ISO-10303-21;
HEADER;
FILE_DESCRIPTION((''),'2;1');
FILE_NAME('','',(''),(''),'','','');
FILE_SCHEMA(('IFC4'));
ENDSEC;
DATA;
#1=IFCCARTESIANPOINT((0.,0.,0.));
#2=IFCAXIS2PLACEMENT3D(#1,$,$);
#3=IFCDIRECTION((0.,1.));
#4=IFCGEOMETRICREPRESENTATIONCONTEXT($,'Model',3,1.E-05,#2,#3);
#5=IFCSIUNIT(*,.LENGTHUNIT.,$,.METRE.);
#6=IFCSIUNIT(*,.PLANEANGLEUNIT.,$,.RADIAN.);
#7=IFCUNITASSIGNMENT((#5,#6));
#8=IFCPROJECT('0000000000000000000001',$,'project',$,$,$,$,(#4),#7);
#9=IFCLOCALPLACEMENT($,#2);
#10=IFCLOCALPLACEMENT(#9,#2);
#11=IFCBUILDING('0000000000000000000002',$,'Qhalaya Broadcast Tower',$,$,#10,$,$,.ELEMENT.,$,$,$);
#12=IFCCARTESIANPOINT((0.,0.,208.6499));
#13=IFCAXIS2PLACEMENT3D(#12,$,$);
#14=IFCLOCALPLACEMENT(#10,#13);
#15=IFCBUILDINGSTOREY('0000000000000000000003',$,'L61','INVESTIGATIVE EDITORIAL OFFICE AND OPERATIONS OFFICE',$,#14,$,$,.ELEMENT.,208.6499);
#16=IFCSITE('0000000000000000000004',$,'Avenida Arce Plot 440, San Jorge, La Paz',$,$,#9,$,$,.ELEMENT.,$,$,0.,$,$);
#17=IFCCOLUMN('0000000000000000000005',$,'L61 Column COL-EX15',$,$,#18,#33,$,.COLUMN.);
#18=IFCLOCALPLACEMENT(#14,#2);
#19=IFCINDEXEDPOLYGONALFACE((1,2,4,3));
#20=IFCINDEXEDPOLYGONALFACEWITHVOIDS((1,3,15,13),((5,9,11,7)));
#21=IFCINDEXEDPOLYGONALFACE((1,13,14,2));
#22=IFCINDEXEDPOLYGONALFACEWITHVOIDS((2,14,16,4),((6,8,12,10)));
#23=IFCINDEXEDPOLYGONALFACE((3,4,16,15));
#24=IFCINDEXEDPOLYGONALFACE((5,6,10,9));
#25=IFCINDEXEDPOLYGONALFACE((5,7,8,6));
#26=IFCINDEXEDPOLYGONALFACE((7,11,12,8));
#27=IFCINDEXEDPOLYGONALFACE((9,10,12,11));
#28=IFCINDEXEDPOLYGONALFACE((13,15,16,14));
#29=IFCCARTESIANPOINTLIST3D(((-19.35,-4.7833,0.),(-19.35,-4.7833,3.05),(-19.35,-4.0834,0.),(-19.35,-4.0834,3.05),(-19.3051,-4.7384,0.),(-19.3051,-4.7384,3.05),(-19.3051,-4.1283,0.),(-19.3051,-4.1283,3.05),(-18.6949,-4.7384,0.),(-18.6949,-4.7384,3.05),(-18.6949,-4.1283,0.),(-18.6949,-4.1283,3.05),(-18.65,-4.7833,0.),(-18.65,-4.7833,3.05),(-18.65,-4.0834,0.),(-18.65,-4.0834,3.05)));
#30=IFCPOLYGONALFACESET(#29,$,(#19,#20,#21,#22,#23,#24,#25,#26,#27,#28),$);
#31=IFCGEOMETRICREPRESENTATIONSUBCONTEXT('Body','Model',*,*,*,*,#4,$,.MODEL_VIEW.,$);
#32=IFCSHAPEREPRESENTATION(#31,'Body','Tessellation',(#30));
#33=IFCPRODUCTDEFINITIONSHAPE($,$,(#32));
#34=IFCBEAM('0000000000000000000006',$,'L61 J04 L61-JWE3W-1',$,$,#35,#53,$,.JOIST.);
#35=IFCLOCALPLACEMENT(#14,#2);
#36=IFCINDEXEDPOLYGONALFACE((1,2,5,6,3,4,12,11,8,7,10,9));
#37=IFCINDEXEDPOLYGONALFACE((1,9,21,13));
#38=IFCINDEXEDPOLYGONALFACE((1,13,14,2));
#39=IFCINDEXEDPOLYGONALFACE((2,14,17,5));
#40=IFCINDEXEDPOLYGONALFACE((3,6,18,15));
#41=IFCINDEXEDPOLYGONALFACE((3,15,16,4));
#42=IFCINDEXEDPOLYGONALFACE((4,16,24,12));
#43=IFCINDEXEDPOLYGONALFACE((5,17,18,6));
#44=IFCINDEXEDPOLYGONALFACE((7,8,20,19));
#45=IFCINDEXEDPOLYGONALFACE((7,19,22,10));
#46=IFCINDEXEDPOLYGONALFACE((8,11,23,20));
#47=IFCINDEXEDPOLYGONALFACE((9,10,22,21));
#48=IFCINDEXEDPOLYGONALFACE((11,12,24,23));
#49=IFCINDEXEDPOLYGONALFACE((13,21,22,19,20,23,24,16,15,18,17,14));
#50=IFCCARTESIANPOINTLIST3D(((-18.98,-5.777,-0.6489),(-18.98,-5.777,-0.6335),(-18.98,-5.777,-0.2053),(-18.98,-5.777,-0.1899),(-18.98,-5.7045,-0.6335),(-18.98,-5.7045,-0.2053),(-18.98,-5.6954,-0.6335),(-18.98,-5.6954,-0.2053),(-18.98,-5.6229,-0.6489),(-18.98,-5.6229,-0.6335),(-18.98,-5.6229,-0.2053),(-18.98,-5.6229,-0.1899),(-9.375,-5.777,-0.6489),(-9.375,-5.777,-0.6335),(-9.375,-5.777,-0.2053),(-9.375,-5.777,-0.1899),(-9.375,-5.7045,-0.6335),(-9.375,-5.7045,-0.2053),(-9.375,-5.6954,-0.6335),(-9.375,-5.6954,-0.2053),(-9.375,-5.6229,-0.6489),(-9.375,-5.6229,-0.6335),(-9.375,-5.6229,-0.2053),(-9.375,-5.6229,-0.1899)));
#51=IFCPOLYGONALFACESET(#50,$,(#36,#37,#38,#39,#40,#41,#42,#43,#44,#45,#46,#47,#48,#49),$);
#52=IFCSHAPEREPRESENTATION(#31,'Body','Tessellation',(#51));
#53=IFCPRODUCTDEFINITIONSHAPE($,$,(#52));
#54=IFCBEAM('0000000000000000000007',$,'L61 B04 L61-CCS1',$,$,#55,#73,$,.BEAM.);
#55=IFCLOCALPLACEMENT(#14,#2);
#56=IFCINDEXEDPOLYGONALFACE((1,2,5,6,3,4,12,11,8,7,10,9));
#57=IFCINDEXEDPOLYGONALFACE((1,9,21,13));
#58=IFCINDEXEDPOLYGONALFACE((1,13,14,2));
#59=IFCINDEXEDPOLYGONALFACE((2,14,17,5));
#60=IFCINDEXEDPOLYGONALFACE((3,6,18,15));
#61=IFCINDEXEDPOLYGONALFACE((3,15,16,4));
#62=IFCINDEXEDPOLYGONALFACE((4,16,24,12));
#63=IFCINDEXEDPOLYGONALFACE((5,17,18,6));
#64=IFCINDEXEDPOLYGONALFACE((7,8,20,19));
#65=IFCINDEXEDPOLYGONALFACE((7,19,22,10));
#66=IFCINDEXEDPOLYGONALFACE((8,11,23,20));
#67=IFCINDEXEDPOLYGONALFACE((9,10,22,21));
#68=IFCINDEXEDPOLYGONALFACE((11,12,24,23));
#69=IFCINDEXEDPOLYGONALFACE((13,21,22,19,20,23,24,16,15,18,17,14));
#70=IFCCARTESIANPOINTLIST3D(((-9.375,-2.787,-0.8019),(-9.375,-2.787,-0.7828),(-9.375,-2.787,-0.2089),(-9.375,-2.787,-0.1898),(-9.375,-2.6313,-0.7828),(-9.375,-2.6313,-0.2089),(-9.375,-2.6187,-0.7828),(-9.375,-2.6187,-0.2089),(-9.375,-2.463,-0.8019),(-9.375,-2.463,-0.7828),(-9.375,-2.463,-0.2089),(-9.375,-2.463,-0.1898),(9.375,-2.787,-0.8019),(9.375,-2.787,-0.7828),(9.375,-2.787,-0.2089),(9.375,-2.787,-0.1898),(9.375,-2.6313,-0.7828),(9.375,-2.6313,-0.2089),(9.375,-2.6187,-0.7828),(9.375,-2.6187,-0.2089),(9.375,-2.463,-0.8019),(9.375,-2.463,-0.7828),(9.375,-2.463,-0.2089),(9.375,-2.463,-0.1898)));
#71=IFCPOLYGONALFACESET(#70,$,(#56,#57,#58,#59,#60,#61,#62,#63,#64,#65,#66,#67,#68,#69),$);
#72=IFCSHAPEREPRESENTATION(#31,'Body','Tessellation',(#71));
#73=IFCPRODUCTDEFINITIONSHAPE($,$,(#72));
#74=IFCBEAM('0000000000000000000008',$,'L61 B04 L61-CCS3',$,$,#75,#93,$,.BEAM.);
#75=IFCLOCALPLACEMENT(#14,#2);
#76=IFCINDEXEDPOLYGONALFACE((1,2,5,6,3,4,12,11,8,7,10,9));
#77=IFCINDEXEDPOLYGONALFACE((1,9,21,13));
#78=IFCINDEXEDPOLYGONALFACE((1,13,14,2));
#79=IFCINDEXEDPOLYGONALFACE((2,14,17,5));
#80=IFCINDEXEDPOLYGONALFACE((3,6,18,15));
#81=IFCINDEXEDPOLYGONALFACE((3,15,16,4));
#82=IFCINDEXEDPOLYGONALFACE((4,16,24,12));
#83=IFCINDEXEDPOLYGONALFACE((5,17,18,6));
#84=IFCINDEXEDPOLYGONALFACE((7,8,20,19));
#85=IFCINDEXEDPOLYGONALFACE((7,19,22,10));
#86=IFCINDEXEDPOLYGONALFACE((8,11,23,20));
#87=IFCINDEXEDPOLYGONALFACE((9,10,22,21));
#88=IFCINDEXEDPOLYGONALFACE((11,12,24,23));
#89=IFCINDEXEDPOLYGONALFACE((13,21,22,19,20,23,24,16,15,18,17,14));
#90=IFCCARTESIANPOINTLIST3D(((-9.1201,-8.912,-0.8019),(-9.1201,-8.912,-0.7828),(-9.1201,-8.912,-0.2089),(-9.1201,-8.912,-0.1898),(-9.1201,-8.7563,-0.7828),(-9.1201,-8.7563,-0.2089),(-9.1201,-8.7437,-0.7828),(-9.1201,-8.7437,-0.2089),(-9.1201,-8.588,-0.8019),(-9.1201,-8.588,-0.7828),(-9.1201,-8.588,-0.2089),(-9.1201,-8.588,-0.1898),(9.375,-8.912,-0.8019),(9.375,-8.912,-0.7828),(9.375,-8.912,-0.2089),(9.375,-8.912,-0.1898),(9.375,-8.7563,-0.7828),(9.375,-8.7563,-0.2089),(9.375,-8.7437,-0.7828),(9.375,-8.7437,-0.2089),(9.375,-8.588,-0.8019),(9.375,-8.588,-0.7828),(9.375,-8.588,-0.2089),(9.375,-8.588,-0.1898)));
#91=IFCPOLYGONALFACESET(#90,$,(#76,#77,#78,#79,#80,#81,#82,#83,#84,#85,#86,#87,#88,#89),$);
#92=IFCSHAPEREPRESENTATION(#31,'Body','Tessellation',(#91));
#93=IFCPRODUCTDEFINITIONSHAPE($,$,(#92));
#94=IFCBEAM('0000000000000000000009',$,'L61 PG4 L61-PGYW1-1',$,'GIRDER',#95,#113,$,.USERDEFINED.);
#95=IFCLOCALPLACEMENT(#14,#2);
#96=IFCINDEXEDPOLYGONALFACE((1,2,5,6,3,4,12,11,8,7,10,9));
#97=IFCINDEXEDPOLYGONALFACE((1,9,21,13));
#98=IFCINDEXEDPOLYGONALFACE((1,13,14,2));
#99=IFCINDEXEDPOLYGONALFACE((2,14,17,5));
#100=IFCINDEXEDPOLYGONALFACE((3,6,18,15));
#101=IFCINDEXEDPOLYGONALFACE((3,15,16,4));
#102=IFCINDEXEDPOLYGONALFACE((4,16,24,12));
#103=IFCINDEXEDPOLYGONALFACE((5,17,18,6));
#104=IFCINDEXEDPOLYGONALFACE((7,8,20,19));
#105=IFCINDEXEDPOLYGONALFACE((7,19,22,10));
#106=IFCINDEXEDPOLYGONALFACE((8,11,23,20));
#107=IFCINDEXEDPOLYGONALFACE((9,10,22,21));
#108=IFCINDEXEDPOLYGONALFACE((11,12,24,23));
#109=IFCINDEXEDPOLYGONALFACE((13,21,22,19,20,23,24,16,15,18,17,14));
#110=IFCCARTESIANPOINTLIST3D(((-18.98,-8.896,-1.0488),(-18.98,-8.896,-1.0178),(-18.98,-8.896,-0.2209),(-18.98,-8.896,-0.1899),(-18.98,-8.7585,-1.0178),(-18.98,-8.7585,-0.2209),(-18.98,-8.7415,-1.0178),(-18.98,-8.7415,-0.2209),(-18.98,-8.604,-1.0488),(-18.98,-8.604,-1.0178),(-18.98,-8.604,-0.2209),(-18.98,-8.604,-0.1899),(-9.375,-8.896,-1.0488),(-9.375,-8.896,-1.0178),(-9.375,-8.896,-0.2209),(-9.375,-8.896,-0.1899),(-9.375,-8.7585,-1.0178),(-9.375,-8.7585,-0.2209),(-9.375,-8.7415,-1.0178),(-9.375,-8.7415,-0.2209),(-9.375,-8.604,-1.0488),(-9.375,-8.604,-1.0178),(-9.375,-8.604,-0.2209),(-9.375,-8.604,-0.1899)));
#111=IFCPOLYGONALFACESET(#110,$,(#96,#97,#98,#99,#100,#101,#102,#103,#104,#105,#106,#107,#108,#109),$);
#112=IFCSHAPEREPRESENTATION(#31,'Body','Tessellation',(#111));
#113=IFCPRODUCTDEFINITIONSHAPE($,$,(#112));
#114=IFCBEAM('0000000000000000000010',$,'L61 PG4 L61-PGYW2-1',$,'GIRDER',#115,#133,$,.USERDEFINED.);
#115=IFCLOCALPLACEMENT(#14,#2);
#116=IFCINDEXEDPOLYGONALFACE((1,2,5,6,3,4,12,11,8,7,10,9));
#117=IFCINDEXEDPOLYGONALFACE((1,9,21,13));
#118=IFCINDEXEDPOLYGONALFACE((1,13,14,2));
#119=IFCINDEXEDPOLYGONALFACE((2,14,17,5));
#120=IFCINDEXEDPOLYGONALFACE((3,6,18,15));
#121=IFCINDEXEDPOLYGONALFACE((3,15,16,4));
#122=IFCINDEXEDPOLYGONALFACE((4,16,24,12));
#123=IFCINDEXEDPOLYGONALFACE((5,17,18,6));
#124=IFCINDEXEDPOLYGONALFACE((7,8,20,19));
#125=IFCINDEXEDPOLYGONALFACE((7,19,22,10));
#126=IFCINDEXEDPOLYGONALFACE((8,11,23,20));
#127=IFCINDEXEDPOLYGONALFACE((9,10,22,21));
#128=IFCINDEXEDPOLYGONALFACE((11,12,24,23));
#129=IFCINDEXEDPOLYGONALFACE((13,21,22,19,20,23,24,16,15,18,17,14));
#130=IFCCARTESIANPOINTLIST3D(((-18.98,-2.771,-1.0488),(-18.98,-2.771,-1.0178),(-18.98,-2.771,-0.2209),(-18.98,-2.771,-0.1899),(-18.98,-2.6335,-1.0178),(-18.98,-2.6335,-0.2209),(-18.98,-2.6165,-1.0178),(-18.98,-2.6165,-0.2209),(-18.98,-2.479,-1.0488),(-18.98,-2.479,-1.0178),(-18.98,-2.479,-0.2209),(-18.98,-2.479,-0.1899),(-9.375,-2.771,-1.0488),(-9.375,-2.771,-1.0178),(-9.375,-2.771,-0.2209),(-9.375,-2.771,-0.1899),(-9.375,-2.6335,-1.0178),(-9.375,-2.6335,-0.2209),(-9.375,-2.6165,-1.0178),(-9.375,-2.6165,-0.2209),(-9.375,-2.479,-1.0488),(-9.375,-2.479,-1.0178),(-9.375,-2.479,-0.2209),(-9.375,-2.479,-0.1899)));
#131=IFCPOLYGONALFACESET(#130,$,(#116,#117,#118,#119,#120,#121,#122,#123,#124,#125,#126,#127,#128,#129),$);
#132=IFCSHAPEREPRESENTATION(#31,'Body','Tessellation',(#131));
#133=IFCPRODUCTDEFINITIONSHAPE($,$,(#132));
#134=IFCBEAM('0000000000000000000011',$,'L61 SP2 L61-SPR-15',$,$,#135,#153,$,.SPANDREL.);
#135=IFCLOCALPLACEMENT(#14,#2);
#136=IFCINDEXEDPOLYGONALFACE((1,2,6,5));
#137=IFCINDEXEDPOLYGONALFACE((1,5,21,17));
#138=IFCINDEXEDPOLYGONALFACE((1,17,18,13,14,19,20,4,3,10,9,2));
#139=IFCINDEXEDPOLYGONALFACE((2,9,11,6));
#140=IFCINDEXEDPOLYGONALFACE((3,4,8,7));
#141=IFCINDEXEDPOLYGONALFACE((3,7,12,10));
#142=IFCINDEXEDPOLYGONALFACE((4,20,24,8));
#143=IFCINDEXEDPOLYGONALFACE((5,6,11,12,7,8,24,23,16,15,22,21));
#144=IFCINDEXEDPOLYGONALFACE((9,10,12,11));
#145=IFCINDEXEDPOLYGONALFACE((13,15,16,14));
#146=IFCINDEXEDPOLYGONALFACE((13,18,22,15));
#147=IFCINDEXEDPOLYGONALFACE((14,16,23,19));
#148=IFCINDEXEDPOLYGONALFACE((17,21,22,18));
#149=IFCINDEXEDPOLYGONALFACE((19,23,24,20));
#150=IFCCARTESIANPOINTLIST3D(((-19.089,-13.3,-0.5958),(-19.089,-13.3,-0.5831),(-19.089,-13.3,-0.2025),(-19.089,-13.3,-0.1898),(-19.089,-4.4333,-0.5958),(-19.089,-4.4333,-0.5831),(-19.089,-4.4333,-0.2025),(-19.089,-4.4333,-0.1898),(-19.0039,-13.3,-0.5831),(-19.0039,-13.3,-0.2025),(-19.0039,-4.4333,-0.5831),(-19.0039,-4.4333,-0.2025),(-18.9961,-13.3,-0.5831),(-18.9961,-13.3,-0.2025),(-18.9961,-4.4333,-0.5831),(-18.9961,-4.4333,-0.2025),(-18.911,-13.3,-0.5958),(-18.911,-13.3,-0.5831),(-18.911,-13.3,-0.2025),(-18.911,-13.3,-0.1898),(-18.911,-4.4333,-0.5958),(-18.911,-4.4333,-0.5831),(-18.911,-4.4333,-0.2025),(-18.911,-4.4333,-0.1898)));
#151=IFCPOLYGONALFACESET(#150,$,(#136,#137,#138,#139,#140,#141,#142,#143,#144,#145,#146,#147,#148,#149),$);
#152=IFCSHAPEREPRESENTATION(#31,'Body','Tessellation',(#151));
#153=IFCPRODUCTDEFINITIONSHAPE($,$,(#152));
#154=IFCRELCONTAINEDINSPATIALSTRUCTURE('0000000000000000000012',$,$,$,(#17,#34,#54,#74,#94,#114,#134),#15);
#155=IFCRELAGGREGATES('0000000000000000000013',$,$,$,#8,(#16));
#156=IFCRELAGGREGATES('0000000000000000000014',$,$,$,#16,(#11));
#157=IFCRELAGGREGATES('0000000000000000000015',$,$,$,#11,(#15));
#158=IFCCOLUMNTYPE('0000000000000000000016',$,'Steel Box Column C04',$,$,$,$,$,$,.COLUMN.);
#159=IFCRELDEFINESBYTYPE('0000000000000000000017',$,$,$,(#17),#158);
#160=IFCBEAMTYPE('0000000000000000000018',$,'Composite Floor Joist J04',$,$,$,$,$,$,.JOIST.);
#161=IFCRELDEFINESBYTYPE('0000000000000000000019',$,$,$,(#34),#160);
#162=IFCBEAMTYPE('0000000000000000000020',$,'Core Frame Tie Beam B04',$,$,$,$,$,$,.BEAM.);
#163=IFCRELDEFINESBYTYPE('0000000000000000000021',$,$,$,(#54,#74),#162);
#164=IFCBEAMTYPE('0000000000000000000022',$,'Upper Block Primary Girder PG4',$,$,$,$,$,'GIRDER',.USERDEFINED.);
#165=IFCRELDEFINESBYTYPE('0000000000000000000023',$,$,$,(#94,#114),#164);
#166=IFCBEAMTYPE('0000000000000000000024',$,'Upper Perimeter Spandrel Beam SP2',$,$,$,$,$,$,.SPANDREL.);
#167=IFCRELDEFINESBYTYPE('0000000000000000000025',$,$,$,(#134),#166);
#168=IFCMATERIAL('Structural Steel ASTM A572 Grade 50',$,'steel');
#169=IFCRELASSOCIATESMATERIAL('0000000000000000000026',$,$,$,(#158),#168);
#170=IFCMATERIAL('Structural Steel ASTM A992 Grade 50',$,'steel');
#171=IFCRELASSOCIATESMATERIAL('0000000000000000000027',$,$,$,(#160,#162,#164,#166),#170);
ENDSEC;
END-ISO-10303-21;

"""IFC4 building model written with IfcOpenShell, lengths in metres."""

from ifc_helpers import new_model, si_unit, direction, frame, origin, origin_2d, place, context, subcontext, project, spatial, hollow_rectangle, i_section, extrude, material, material_profile, profile_set, type_object, element, save


model = new_model("IFC4")

# Units and contexts
model_context = context("Model", 3, precision=1e-05, world=origin(), true_north=direction((0.0, 1.0)))
body_context = subcontext(model_context, "Body", "Model", "MODEL_VIEW")
ifc_project = project(units=[si_unit("LENGTHUNIT", "METRE"), si_unit("PLANEANGLEUNIT", "RADIAN")], contexts=[model_context])

# Site, building, storey
site_placement = place(None, origin())
site = spatial("IfcSite", under=ifc_project, at=site_placement, Name="Avenida Arce Plot 440, San Jorge, La Paz", CompositionType="ELEMENT", RefElevation=0.0)
building_placement = place(site_placement, origin())
building = spatial("IfcBuilding", under=site, at=building_placement, Name="Qhalaya Broadcast Tower", CompositionType="ELEMENT")
storey_placement = place(building_placement, frame((0.0, 0.0, 208.6499)))
storey = spatial("IfcBuildingStorey", under=building, at=storey_placement, Name="L61", Description="INVESTIGATIVE EDITORIAL OFFICE AND OPERATIONS OFFICE", CompositionType="ELEMENT", Elevation=208.6499)

# Column
ifc_material_1 = material(Name="Structural Steel ASTM A572 Grade 50", Category="steel")
ifc_material_profile_1 = material_profile(ifc_material_1, hollow_rectangle(XDim=0.7, YDim=0.7, WallThickness=0.0449, at=origin_2d()), Name="BOX 700x700x45")
ifc_profile_set_1 = profile_set([ifc_material_profile_1], Name="Structural Steel ASTM A572 Grade 50")
column_type = type_object("IfcColumnType", Name="Steel Box Column C04", PredefinedType="COLUMN", material=ifc_profile_set_1)
column_placement = place(storey_placement, frame((-19.0, -4.4333, 0.0), z_axis=(0.0, 0.0, 1.0), x_axis=(0.0, 1.0, 0.0)))
element("IfcColumn", 1, at=column_placement, inside=storey, type_object=column_type, Name="L61 Column COL-EX15", PredefinedType="COLUMN", context=body_context, shape_type="SweptSolid", body=[
    extrude(hollow_rectangle(XDim=0.7, YDim=0.7, WallThickness=0.0449, at=origin_2d()), origin(), (0.0, 0.0, 1.0), 3.05),
])

# Beams
ifc_material_2 = material(Name="Structural Steel ASTM A992 Grade 50", Category="steel")
ifc_material_profile_2 = material_profile(ifc_material_2, i_section(OverallWidth=0.1541, OverallDepth=0.459, WebThickness=0.009, FlangeThickness=0.0154, at=origin_2d()), Name="W18X46")
ifc_profile_set_2 = profile_set([ifc_material_profile_2], Name="Structural Steel ASTM A992 Grade 50")
beam_type_1 = type_object("IfcBeamType", Name="Composite Floor Joist J04", PredefinedType="JOIST", material=ifc_profile_set_2)
beam_1_placement = place(storey_placement, frame((-18.98, -5.7, -0.4194), z_axis=(1.0, 0.0, 0.0), x_axis=(0.0, 1.0, 0.0)))
element("IfcBeam", 2, at=beam_1_placement, inside=storey, type_object=beam_type_1, Name="L61 J04 L61-JWE3W-1", PredefinedType="JOIST", context=body_context, shape_type="SweptSolid", body=[
    extrude(i_section(OverallWidth=0.1541, OverallDepth=0.459, WebThickness=0.009, FlangeThickness=0.0154, at=origin_2d()), origin(), (0.0, 0.0, 1.0), 9.605),
])
ifc_material_profile_3 = material_profile(ifc_material_2, i_section(OverallWidth=0.324, OverallDepth=0.6121, WebThickness=0.0127, FlangeThickness=0.019, at=origin_2d()), Name="W24X104")
ifc_profile_set_3 = profile_set([ifc_material_profile_3], Name="Structural Steel ASTM A992 Grade 50")
beam_type_2 = type_object("IfcBeamType", Name="Core Frame Tie Beam B04", PredefinedType="BEAM", material=ifc_profile_set_3)
beam_2_placement = place(storey_placement, frame((-9.375, -2.625, -0.4958), z_axis=(1.0, 0.0, 0.0), x_axis=(0.0, 1.0, 0.0)))
element("IfcBeam", 3, at=beam_2_placement, inside=storey, type_object=beam_type_2, Name="L61 B04 L61-CCS1", PredefinedType="BEAM", context=body_context, shape_type="SweptSolid", body=[
    extrude(i_section(OverallWidth=0.324, OverallDepth=0.6121, WebThickness=0.0127, FlangeThickness=0.019, at=origin_2d()), origin(), (0.0, 0.0, 1.0), 18.75),
])
beam_3_placement = place(storey_placement, frame((-9.1201, -8.75, -0.4958), z_axis=(1.0, 0.0, 0.0), x_axis=(0.0, 1.0, 0.0)))
element("IfcBeam", 4, at=beam_3_placement, inside=storey, type_object=beam_type_2, Name="L61 B04 L61-CCS3", PredefinedType="BEAM", context=body_context, shape_type="SweptSolid", body=[
    extrude(i_section(OverallWidth=0.324, OverallDepth=0.6121, WebThickness=0.0127, FlangeThickness=0.019, at=origin_2d()), origin(), (0.0, 0.0, 1.0), 18.4951),
])
ifc_material_profile_4 = material_profile(ifc_material_2, i_section(OverallWidth=0.292, OverallDepth=0.8589, WebThickness=0.0171, FlangeThickness=0.031, at=origin_2d()), Name="W33X169")
ifc_profile_set_4 = profile_set([ifc_material_profile_4], Name="Structural Steel ASTM A992 Grade 50")
beam_type_3 = type_object("IfcBeamType", Name="Upper Block Primary Girder PG4", ElementType="GIRDER", PredefinedType="USERDEFINED", material=ifc_profile_set_4)
for number, where, z_axis, x_axis, name in (
    (5, (-18.98, -8.75, -0.6194), (1.0, 0.0, 0.0), (0.0, 1.0, 0.0), "L61 PG4 L61-PGYW1-1"),
    (6, (-18.98, -2.625, -0.6194), (1.0, 0.0, 0.0), (0.0, 1.0, 0.0), "L61 PG4 L61-PGYW2-1"),
):
    element("IfcBeam", number, at=place(storey_placement, frame(where, z_axis=z_axis, x_axis=x_axis)), inside=storey, type_object=beam_type_3, Name=name, ObjectType="GIRDER", PredefinedType="USERDEFINED", context=body_context, shape_type="SweptSolid", body=[
        extrude(i_section(OverallWidth=0.292, OverallDepth=0.8589, WebThickness=0.0171, FlangeThickness=0.031, at=origin_2d()), origin(), (0.0, 0.0, 1.0), 9.605),
    ])
ifc_material_profile_5 = material_profile(ifc_material_2, i_section(OverallWidth=0.178, OverallDepth=0.406, WebThickness=0.0078, FlangeThickness=0.0127, at=origin_2d()), Name="W16X40")
ifc_profile_set_5 = profile_set([ifc_material_profile_5], Name="Structural Steel ASTM A992 Grade 50")
beam_type_4 = type_object("IfcBeamType", Name="Upper Perimeter Spandrel Beam SP2", PredefinedType="SPANDREL", material=ifc_profile_set_5)
beam_4_placement = place(storey_placement, frame((-19.0, -4.4333, -0.3928), z_axis=(0.0, -1.0, 0.0), x_axis=(1.0, 0.0, 0.0)))
element("IfcBeam", 7, at=beam_4_placement, inside=storey, type_object=beam_type_4, Name="L61 SP2 L61-SPR-15", PredefinedType="SPANDREL", context=body_context, shape_type="SweptSolid", body=[
    extrude(i_section(OverallWidth=0.178, OverallDepth=0.406, WebThickness=0.0078, FlangeThickness=0.0127, at=origin_2d()), origin(), (0.0, 0.0, 1.0), 8.8667),
])

save(model, "model.ifc")
